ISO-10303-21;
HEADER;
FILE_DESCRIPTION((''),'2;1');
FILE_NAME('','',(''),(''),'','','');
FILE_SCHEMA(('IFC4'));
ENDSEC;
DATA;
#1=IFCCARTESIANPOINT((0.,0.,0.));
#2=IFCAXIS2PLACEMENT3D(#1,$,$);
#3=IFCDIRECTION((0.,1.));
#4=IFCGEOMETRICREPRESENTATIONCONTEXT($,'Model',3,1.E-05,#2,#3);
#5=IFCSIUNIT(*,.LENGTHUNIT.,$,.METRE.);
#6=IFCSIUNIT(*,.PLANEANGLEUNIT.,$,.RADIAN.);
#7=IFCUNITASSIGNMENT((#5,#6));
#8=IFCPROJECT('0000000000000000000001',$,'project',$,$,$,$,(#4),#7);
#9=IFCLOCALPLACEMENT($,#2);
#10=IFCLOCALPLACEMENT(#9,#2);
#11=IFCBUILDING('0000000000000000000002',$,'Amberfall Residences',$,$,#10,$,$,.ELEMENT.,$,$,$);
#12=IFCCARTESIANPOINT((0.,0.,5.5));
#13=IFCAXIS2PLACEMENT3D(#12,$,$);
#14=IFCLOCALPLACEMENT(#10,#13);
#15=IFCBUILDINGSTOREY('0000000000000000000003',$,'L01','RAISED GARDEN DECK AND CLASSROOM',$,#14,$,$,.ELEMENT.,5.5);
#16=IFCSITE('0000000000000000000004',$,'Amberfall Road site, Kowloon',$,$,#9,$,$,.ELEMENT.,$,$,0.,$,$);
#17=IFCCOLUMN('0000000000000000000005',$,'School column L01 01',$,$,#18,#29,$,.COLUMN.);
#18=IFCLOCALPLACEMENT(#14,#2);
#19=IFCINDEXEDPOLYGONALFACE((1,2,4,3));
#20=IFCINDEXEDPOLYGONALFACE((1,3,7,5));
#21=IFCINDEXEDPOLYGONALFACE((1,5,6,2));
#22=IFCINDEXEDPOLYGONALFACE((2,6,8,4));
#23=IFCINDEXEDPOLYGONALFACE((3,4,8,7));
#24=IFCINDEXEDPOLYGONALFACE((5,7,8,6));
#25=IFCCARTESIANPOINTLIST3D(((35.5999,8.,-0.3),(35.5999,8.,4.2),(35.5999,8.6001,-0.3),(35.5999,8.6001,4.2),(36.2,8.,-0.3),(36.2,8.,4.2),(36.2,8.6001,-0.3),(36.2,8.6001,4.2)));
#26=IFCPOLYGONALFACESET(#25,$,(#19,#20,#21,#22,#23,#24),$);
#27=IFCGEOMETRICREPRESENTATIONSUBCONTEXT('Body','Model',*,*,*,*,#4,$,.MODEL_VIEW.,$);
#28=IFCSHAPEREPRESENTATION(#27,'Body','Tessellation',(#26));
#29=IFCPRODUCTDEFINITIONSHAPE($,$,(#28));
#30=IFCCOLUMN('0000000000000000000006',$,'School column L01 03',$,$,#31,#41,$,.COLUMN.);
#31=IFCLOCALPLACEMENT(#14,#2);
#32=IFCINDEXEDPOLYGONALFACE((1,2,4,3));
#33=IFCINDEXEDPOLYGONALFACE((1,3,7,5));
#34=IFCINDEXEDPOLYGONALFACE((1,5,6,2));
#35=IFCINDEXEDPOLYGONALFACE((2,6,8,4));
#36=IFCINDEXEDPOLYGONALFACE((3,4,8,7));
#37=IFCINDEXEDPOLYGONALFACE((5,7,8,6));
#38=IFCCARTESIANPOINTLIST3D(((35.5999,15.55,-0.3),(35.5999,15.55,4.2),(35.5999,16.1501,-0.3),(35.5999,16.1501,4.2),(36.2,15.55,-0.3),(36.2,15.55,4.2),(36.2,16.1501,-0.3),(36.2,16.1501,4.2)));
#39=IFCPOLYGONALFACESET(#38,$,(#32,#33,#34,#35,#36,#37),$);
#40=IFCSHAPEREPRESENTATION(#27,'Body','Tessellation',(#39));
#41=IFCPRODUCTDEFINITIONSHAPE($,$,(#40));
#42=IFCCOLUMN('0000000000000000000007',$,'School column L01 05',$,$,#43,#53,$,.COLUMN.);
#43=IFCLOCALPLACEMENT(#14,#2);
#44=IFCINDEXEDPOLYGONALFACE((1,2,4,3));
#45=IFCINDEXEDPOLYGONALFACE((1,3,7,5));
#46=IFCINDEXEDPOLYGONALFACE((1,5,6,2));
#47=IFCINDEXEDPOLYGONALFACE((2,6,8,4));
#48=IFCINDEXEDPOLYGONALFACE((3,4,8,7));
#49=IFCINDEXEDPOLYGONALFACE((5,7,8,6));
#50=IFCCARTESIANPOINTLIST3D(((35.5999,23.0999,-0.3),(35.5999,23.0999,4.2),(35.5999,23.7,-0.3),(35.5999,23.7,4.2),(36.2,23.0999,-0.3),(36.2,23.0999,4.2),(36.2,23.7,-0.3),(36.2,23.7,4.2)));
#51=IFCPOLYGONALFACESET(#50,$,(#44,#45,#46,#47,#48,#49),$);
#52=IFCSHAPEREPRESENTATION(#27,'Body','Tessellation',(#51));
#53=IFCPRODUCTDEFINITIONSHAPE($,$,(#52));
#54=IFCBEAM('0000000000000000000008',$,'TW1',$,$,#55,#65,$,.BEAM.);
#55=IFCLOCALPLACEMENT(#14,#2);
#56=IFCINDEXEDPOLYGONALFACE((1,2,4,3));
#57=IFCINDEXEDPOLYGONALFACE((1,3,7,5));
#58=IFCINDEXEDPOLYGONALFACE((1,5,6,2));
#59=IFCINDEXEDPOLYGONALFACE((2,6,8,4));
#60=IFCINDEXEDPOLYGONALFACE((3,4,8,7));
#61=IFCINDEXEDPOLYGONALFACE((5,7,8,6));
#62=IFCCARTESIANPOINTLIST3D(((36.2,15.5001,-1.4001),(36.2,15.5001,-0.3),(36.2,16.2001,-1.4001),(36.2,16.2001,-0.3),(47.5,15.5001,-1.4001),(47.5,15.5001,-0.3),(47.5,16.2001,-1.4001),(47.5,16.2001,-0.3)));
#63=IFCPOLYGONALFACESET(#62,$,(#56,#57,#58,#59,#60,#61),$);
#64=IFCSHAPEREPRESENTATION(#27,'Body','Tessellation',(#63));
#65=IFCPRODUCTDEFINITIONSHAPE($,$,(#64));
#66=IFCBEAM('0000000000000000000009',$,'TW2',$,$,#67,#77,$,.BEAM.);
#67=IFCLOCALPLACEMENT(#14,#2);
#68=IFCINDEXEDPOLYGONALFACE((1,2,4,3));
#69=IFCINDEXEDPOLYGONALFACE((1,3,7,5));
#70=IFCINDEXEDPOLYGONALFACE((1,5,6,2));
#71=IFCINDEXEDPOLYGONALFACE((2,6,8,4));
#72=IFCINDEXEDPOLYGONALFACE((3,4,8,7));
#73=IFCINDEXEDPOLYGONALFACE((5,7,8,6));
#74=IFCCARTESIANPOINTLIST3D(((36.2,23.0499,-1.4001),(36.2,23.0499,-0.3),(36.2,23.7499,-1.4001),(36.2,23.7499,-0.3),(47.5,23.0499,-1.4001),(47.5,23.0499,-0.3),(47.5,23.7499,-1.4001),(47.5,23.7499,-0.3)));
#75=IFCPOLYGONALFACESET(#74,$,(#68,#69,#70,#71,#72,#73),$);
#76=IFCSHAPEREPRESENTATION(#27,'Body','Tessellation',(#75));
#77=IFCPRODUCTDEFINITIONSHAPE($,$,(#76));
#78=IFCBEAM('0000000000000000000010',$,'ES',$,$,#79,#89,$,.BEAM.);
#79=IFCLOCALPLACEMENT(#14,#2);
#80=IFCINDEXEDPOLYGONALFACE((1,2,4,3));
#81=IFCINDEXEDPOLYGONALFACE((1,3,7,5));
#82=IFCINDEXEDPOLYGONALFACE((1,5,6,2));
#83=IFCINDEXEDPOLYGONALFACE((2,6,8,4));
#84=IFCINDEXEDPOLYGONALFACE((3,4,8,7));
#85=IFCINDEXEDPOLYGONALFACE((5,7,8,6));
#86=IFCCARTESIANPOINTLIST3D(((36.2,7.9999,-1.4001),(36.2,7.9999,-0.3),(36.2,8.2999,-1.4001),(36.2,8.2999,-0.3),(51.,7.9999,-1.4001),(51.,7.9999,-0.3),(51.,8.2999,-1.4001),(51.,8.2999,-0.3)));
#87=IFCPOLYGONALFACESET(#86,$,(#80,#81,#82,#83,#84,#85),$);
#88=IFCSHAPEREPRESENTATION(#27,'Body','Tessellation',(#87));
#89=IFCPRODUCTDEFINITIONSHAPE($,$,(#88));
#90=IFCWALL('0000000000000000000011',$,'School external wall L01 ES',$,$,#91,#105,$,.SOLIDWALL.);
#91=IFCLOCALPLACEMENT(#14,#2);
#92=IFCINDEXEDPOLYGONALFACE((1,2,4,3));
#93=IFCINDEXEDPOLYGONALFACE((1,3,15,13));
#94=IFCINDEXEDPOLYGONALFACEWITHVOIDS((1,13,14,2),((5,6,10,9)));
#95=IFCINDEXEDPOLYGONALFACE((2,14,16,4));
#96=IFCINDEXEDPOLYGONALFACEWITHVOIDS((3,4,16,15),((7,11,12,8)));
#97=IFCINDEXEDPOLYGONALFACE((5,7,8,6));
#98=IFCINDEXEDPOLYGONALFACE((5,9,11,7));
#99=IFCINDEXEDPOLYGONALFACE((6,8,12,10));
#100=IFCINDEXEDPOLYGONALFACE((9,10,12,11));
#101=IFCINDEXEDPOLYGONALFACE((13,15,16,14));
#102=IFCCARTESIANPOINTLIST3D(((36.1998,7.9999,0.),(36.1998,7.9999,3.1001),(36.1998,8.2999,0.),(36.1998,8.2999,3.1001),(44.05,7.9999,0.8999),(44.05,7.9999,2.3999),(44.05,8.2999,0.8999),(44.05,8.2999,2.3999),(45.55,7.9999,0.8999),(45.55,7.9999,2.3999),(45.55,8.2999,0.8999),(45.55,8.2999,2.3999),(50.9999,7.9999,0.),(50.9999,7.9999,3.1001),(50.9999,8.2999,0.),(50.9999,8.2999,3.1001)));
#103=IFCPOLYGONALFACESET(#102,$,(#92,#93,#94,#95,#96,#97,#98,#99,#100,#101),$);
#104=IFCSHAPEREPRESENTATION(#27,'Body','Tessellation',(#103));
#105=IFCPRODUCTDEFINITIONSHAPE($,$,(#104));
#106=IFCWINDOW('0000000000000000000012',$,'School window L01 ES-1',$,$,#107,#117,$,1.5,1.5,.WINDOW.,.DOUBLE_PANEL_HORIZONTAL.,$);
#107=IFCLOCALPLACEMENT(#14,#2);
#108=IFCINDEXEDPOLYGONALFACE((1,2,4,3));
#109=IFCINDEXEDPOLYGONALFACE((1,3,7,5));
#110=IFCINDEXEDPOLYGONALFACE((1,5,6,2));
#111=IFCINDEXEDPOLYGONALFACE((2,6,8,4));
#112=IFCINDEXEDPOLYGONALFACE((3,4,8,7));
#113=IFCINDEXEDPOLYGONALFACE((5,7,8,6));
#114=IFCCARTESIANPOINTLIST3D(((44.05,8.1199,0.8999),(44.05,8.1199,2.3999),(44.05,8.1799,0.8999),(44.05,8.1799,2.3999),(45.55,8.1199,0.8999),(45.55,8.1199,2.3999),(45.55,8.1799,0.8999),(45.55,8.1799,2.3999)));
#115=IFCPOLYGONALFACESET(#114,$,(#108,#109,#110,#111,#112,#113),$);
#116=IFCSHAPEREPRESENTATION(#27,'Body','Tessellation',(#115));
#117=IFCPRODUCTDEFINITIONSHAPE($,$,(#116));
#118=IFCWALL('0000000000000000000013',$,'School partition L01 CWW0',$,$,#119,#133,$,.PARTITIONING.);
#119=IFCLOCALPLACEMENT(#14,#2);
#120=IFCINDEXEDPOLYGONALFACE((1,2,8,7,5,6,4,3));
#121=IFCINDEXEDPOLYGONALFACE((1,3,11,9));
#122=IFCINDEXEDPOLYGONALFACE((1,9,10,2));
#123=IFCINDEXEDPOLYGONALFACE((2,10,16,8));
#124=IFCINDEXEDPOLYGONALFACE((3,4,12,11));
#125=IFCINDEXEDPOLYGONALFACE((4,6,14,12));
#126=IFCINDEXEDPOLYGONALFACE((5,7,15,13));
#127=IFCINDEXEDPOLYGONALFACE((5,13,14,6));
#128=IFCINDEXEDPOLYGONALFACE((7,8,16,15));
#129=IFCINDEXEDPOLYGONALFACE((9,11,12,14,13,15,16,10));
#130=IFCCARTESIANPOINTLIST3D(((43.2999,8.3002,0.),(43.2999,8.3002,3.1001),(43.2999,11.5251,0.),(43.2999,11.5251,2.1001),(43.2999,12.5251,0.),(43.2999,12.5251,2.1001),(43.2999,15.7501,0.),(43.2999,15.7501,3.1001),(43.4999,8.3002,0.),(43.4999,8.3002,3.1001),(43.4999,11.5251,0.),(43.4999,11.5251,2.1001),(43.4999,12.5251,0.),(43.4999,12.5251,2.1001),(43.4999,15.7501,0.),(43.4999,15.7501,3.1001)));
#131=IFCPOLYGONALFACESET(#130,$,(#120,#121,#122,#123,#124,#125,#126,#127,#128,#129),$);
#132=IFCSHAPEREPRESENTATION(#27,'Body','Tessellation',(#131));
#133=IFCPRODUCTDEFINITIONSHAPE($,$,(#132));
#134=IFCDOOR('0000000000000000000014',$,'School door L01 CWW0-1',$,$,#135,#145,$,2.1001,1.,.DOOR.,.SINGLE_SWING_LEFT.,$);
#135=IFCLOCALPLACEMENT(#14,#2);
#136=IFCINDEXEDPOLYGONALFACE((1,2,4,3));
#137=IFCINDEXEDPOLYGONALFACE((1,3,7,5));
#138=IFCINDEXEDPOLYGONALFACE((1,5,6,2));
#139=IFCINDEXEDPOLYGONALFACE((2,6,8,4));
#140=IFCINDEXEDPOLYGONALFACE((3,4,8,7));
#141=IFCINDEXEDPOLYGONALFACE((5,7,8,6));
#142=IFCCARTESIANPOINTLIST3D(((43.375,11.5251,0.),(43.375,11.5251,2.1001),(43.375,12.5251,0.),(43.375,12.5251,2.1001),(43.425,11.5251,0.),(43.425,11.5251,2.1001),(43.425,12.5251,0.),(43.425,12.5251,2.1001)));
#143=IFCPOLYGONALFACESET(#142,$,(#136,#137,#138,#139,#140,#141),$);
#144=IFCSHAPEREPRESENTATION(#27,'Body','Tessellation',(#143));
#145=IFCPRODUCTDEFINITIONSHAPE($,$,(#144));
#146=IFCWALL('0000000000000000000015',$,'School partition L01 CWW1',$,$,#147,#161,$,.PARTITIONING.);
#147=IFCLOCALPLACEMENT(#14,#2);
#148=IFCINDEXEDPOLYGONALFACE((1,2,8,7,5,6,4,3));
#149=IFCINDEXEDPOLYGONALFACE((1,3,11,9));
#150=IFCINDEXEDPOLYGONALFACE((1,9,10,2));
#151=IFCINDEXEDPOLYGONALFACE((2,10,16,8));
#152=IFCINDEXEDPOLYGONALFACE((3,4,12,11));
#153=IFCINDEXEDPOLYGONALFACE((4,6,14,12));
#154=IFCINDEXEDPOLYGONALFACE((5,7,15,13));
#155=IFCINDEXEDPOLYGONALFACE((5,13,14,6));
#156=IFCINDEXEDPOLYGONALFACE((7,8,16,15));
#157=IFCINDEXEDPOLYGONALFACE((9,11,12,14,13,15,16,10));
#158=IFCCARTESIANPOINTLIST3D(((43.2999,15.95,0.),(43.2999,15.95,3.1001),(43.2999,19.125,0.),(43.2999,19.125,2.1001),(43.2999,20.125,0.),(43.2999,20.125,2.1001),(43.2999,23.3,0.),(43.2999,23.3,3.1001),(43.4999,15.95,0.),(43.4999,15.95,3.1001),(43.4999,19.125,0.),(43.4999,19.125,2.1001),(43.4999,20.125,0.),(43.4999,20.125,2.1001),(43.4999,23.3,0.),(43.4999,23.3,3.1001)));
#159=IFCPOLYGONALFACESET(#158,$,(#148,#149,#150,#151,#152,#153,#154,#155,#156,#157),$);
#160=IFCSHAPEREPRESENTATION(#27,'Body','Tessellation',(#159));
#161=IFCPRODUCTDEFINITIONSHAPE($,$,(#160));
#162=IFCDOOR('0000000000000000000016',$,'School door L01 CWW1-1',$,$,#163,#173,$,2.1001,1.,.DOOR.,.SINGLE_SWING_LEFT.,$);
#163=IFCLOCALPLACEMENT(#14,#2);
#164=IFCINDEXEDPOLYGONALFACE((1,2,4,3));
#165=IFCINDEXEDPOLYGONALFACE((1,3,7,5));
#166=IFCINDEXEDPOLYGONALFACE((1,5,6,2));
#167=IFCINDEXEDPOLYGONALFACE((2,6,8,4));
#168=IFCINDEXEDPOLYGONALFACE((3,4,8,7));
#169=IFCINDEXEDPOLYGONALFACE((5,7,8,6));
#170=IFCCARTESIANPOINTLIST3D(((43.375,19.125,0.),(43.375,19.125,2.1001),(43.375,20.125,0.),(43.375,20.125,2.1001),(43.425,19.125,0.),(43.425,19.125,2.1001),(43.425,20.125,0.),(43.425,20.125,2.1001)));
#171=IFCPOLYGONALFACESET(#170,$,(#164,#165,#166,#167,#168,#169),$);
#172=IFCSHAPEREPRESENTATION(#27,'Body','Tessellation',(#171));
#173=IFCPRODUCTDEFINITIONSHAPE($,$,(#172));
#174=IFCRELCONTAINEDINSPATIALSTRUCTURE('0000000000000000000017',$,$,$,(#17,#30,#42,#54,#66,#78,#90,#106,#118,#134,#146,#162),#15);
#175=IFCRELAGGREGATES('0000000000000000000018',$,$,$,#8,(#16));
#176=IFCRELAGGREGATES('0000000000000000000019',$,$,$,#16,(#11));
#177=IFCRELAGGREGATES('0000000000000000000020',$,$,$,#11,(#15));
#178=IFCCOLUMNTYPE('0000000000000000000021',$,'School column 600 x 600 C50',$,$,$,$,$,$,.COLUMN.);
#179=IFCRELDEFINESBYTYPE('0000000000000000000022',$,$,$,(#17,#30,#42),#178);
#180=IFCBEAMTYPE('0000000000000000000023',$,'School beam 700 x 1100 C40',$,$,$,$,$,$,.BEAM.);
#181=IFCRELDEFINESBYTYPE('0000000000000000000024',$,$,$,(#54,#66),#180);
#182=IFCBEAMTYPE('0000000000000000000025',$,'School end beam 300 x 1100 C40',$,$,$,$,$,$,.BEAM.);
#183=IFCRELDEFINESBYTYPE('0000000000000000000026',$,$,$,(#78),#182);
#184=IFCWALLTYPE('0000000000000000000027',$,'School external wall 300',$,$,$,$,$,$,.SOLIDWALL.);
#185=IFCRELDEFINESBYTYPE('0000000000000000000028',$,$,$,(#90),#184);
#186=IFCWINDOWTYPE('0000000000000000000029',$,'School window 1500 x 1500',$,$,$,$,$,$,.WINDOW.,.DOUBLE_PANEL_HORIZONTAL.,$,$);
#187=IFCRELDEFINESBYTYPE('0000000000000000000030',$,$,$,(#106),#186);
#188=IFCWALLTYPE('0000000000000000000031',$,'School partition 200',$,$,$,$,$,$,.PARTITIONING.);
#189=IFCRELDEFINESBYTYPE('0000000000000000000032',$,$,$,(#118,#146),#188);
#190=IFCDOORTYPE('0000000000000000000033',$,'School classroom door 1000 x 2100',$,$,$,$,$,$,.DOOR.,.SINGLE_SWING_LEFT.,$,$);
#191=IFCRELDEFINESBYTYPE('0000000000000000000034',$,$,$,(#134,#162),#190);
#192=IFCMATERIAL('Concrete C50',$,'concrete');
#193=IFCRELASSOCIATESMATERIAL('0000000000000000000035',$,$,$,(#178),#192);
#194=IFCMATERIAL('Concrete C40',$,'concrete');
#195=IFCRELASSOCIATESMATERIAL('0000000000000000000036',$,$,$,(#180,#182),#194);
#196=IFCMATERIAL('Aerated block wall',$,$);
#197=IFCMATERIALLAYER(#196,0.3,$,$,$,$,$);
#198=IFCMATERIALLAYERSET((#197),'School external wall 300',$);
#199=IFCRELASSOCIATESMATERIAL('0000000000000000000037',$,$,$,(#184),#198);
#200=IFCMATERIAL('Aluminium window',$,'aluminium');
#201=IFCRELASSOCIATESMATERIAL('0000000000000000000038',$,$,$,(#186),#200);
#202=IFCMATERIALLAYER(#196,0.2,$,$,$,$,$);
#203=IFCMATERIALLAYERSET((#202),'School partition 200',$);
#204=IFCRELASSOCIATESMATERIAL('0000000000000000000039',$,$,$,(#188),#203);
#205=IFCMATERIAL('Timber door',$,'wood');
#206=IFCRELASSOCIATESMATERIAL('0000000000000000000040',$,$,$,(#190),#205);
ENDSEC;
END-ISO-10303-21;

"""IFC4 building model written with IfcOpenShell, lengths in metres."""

from ifc_helpers import new_model, si_unit, direction, frame, frame_2d, origin, origin_2d, place, context, subcontext, project, spatial, rectangle, extrude, material, layer, layer_set, material_profile, profile_set, type_object, element, fill, save


model = new_model("IFC4")

# Units and contexts
model_context = context("Model", 3, precision=1e-05, world=origin(), true_north=direction((0.0, 1.0)))
body_context = subcontext(model_context, "Body", "Model", "MODEL_VIEW")
ifc_project = project(units=[si_unit("LENGTHUNIT", "METRE"), si_unit("PLANEANGLEUNIT", "RADIAN")], contexts=[model_context])

# Site, building, storey
site_placement = place(None, origin())
site = spatial("IfcSite", under=ifc_project, at=site_placement, Name="Amberfall Road site, Kowloon", CompositionType="ELEMENT", RefElevation=0.0)
building_placement = place(site_placement, origin())
building = spatial("IfcBuilding", under=site, at=building_placement, Name="Amberfall Residences", CompositionType="ELEMENT")
storey_placement = place(building_placement, frame((0.0, 0.0, 5.5)))
storey = spatial("IfcBuildingStorey", under=building, at=storey_placement, Name="L01", Description="RAISED GARDEN DECK AND CLASSROOM", CompositionType="ELEMENT", Elevation=5.5)

# Columns
ifc_material_1 = material(Name="Concrete C50", Category="concrete")
ifc_material_profile_1 = material_profile(ifc_material_1, rectangle(XDim=0.6001, YDim=0.6001, at=origin_2d()), Name="School column 600 x 600 C50")
ifc_profile_set_1 = profile_set([ifc_material_profile_1], Name="Concrete C50")
column_type = type_object("IfcColumnType", Name="School column 600 x 600 C50", PredefinedType="COLUMN", material=ifc_profile_set_1)
for number, where, z_axis, x_axis, name in (
    (1, (35.8999, 8.3, -0.3), (0.0, 0.0, 1.0), (1.0, 0.0, 0.0), "School column L01 01"),
    (2, (35.8999, 15.8501, -0.3), (0.0, 0.0, 1.0), (1.0, 0.0, 0.0), "School column L01 03"),
    (3, (35.8999, 23.3999, -0.3), (0.0, 0.0, 1.0), (1.0, 0.0, 0.0), "School column L01 05"),
):
    element("IfcColumn", number, at=place(storey_placement, frame(where, z_axis=z_axis, x_axis=x_axis)), inside=storey, type_object=column_type, Name=name, PredefinedType="COLUMN", context=body_context, shape_type="SweptSolid", body=[
        extrude(rectangle(XDim=0.6001, YDim=0.6001, at=origin_2d()), origin(), (0.0, 0.0, 1.0), 4.5),
    ])

# Beams
ifc_material_2 = material(Name="Concrete C40", Category="concrete")
ifc_material_profile_2 = material_profile(ifc_material_2, rectangle(XDim=0.7, YDim=1.1001, at=origin_2d()), Name="School beam 700 x 1100 C40")
ifc_profile_set_2 = profile_set([ifc_material_profile_2], Name="Concrete C40")
beam_type_1 = type_object("IfcBeamType", Name="School beam 700 x 1100 C40", PredefinedType="BEAM", material=ifc_profile_set_2)
for number, where, z_axis, x_axis, name in (
    (4, (36.2, 15.8501, -0.8501), (1.0, 0.0, 0.0), (0.0, 1.0, 0.0), "TW1"),
    (5, (36.2, 23.3999, -0.8501), (1.0, 0.0, 0.0), (0.0, 1.0, 0.0), "TW2"),
):
    element("IfcBeam", number, at=place(storey_placement, frame(where, z_axis=z_axis, x_axis=x_axis)), inside=storey, type_object=beam_type_1, Name=name, PredefinedType="BEAM", context=body_context, shape_type="SweptSolid", body=[
        extrude(rectangle(XDim=0.7, YDim=1.1001, at=origin_2d()), origin(), (0.0, 0.0, 1.0), 11.3),
    ])
ifc_material_profile_3 = material_profile(ifc_material_2, rectangle(XDim=0.3, YDim=1.1001, at=origin_2d()), Name="School end beam 300 x 1100 C40")
ifc_profile_set_3 = profile_set([ifc_material_profile_3], Name="Concrete C40")
beam_type_2 = type_object("IfcBeamType", Name="School end beam 300 x 1100 C40", PredefinedType="BEAM", material=ifc_profile_set_3)
beam_placement = place(storey_placement, frame((36.2, 8.1499, -0.8501), z_axis=(1.0, 0.0, 0.0), x_axis=(0.0, 1.0, 0.0)))
element("IfcBeam", 6, at=beam_placement, inside=storey, type_object=beam_type_2, Name="ES", PredefinedType="BEAM", context=body_context, shape_type="SweptSolid", body=[
    extrude(rectangle(XDim=0.3, YDim=1.1001, at=origin_2d()), origin(), (0.0, 0.0, 1.0), 14.8),
])

# Wall, opening, window
ifc_material_3 = material(Name="Aerated block wall")
ifc_layer_1 = layer(ifc_material_3, 0.3)
ifc_layer_set_1 = layer_set([ifc_layer_1], Name="School external wall 300")
wall_type_1 = type_object("IfcWallType", Name="School external wall 300", PredefinedType="SOLIDWALL", material=ifc_layer_set_1)
wall_1_placement = place(storey_placement, frame((36.2, 8.1499, 0.0), z_axis=(0.0, 0.0, 1.0), x_axis=(1.0, 0.0, 0.0)))
wall_1 = element("IfcWall", 7, at=wall_1_placement, inside=storey, type_object=wall_type_1, Name="School external wall L01 ES", PredefinedType="SOLIDWALL", context=body_context, shape_type="SweptSolid", body=[
    extrude(rectangle(XDim=14.8, YDim=0.3, at=frame_2d((7.3999, 0.0))), origin(), (0.0, 0.0, 1.0), 3.1001),
])
opening_1_placement = place(wall_1_placement, frame((7.8501, 0.0, 0.8999)))
opening_1 = element("IfcOpeningElement", 8, at=opening_1_placement, cuts=wall_1, PredefinedType="OPENING", context=body_context, shape_type="SweptSolid", body=[
    extrude(rectangle(XDim=1.5, YDim=1.5, at=frame_2d((0.75, 0.75))), frame((0.0, 0.1599, 0.0), z_axis=(0.0, -1.0, 0.0), x_axis=(1.0, 0.0, 0.0)), (0.0, 0.0, 1.0), 0.3201),
])
ifc_material_4 = material(Name="Aluminium window", Category="aluminium")
window_type = type_object("IfcWindowType", Name="School window 1500 x 1500", PartitioningType="DOUBLE_PANEL_HORIZONTAL", PredefinedType="WINDOW", material=ifc_material_4)
window_placement = place(opening_1_placement, origin())
window = element("IfcWindow", 9, at=window_placement, inside=storey, type_object=window_type, Name="School window L01 ES-1", OverallHeight=1.5, OverallWidth=1.5, PartitioningType="DOUBLE_PANEL_HORIZONTAL", PredefinedType="WINDOW", context=body_context, shape_type="SweptSolid", body=[
    extrude(rectangle(XDim=1.5, YDim=1.5, at=frame_2d((0.75, 0.75))), frame((0.0, 0.03, 0.0), z_axis=(0.0, -1.0, 0.0), x_axis=(1.0, 0.0, 0.0)), (0.0, 0.0, 1.0), 0.0601),
])
fill(opening_1, window)

# Walls, openings, doors
ifc_layer_2 = layer(ifc_material_3, 0.2)
ifc_layer_set_2 = layer_set([ifc_layer_2], Name="School partition 200")
wall_type_2 = type_object("IfcWallType", Name="School partition 200", PredefinedType="PARTITIONING", material=ifc_layer_set_2)
wall_2_placement = place(storey_placement, frame((43.3999, 8.3, 0.0), z_axis=(0.0, 0.0, 1.0), x_axis=(0.0, 1.0, 0.0)))
wall_2 = element("IfcWall", 10, at=wall_2_placement, inside=storey, type_object=wall_type_2, Name="School partition L01 CWW0", PredefinedType="PARTITIONING", context=body_context, shape_type="SweptSolid", body=[
    extrude(rectangle(XDim=7.45, YDim=0.2, at=frame_2d((3.7251, 0.0))), origin(), (0.0, 0.0, 1.0), 3.1001),
])
opening_2_placement = place(wall_2_placement, frame((3.2251, 0.0, 0.0)))
opening_2 = element("IfcOpeningElement", 11, at=opening_2_placement, cuts=wall_2, PredefinedType="OPENING", context=body_context, shape_type="SweptSolid", body=[
    extrude(rectangle(XDim=1.0, YDim=2.1001, at=frame_2d((0.5, 1.05))), frame((0.0, 0.1099, 0.0), z_axis=(0.0, -1.0, 0.0), x_axis=(1.0, 0.0, 0.0)), (0.0, 0.0, 1.0), 0.22),
])
ifc_material_5 = material(Name="Timber door", Category="wood")
door_type_1 = type_object("IfcDoorType", Name="School classroom door 1000 x 2100", OperationType="SINGLE_SWING_LEFT", PredefinedType="DOOR", material=ifc_material_5)
door_1_placement = place(opening_2_placement, origin())
door_1 = element("IfcDoor", 12, at=door_1_placement, inside=storey, type_object=door_type_1, Name="School door L01 CWW0-1", OperationType="SINGLE_SWING_LEFT", OverallHeight=2.1001, OverallWidth=1.0, PredefinedType="DOOR", context=body_context, shape_type="SweptSolid", body=[
    extrude(rectangle(XDim=1.0, YDim=2.1001, at=frame_2d((0.5, 1.05))), frame((0.0, 0.0249, 0.0), z_axis=(0.0, -1.0, 0.0), x_axis=(1.0, 0.0, 0.0)), (0.0, 0.0, 1.0), 0.05),
])
fill(opening_2, door_1)
wall_3_placement = place(storey_placement, frame((43.3999, 15.95, 0.0), z_axis=(0.0, 0.0, 1.0), x_axis=(0.0, 1.0, 0.0)))
wall_3 = element("IfcWall", 13, at=wall_3_placement, inside=storey, type_object=wall_type_2, Name="School partition L01 CWW1", PredefinedType="PARTITIONING", context=body_context, shape_type="SweptSolid", body=[
    extrude(rectangle(XDim=7.3501, YDim=0.2, at=frame_2d((3.675, 0.0))), origin(), (0.0, 0.0, 1.0), 3.1001),
])
opening_3_placement = place(wall_3_placement, frame((3.175, 0.0, 0.0)))
opening_3 = element("IfcOpeningElement", 14, at=opening_3_placement, cuts=wall_3, PredefinedType="OPENING", context=body_context, shape_type="SweptSolid", body=[
    extrude(rectangle(XDim=1.0, YDim=2.1001, at=frame_2d((0.5, 1.05))), frame((0.0, 0.1099, 0.0), z_axis=(0.0, -1.0, 0.0), x_axis=(1.0, 0.0, 0.0)), (0.0, 0.0, 1.0), 0.22),
])
door_2_placement = place(opening_3_placement, origin())
door_2 = element("IfcDoor", 15, at=door_2_placement, inside=storey, type_object=door_type_1, Name="School door L01 CWW1-1", OperationType="SINGLE_SWING_LEFT", OverallHeight=2.1001, OverallWidth=1.0, PredefinedType="DOOR", context=body_context, shape_type="SweptSolid", body=[
    extrude(rectangle(XDim=1.0, YDim=2.1001, at=frame_2d((0.5, 1.05))), frame((0.0, 0.0249, 0.0), z_axis=(0.0, -1.0, 0.0), x_axis=(1.0, 0.0, 0.0)), (0.0, 0.0, 1.0), 0.05),
])
fill(opening_3, door_2)

save(model, "model.ifc")
